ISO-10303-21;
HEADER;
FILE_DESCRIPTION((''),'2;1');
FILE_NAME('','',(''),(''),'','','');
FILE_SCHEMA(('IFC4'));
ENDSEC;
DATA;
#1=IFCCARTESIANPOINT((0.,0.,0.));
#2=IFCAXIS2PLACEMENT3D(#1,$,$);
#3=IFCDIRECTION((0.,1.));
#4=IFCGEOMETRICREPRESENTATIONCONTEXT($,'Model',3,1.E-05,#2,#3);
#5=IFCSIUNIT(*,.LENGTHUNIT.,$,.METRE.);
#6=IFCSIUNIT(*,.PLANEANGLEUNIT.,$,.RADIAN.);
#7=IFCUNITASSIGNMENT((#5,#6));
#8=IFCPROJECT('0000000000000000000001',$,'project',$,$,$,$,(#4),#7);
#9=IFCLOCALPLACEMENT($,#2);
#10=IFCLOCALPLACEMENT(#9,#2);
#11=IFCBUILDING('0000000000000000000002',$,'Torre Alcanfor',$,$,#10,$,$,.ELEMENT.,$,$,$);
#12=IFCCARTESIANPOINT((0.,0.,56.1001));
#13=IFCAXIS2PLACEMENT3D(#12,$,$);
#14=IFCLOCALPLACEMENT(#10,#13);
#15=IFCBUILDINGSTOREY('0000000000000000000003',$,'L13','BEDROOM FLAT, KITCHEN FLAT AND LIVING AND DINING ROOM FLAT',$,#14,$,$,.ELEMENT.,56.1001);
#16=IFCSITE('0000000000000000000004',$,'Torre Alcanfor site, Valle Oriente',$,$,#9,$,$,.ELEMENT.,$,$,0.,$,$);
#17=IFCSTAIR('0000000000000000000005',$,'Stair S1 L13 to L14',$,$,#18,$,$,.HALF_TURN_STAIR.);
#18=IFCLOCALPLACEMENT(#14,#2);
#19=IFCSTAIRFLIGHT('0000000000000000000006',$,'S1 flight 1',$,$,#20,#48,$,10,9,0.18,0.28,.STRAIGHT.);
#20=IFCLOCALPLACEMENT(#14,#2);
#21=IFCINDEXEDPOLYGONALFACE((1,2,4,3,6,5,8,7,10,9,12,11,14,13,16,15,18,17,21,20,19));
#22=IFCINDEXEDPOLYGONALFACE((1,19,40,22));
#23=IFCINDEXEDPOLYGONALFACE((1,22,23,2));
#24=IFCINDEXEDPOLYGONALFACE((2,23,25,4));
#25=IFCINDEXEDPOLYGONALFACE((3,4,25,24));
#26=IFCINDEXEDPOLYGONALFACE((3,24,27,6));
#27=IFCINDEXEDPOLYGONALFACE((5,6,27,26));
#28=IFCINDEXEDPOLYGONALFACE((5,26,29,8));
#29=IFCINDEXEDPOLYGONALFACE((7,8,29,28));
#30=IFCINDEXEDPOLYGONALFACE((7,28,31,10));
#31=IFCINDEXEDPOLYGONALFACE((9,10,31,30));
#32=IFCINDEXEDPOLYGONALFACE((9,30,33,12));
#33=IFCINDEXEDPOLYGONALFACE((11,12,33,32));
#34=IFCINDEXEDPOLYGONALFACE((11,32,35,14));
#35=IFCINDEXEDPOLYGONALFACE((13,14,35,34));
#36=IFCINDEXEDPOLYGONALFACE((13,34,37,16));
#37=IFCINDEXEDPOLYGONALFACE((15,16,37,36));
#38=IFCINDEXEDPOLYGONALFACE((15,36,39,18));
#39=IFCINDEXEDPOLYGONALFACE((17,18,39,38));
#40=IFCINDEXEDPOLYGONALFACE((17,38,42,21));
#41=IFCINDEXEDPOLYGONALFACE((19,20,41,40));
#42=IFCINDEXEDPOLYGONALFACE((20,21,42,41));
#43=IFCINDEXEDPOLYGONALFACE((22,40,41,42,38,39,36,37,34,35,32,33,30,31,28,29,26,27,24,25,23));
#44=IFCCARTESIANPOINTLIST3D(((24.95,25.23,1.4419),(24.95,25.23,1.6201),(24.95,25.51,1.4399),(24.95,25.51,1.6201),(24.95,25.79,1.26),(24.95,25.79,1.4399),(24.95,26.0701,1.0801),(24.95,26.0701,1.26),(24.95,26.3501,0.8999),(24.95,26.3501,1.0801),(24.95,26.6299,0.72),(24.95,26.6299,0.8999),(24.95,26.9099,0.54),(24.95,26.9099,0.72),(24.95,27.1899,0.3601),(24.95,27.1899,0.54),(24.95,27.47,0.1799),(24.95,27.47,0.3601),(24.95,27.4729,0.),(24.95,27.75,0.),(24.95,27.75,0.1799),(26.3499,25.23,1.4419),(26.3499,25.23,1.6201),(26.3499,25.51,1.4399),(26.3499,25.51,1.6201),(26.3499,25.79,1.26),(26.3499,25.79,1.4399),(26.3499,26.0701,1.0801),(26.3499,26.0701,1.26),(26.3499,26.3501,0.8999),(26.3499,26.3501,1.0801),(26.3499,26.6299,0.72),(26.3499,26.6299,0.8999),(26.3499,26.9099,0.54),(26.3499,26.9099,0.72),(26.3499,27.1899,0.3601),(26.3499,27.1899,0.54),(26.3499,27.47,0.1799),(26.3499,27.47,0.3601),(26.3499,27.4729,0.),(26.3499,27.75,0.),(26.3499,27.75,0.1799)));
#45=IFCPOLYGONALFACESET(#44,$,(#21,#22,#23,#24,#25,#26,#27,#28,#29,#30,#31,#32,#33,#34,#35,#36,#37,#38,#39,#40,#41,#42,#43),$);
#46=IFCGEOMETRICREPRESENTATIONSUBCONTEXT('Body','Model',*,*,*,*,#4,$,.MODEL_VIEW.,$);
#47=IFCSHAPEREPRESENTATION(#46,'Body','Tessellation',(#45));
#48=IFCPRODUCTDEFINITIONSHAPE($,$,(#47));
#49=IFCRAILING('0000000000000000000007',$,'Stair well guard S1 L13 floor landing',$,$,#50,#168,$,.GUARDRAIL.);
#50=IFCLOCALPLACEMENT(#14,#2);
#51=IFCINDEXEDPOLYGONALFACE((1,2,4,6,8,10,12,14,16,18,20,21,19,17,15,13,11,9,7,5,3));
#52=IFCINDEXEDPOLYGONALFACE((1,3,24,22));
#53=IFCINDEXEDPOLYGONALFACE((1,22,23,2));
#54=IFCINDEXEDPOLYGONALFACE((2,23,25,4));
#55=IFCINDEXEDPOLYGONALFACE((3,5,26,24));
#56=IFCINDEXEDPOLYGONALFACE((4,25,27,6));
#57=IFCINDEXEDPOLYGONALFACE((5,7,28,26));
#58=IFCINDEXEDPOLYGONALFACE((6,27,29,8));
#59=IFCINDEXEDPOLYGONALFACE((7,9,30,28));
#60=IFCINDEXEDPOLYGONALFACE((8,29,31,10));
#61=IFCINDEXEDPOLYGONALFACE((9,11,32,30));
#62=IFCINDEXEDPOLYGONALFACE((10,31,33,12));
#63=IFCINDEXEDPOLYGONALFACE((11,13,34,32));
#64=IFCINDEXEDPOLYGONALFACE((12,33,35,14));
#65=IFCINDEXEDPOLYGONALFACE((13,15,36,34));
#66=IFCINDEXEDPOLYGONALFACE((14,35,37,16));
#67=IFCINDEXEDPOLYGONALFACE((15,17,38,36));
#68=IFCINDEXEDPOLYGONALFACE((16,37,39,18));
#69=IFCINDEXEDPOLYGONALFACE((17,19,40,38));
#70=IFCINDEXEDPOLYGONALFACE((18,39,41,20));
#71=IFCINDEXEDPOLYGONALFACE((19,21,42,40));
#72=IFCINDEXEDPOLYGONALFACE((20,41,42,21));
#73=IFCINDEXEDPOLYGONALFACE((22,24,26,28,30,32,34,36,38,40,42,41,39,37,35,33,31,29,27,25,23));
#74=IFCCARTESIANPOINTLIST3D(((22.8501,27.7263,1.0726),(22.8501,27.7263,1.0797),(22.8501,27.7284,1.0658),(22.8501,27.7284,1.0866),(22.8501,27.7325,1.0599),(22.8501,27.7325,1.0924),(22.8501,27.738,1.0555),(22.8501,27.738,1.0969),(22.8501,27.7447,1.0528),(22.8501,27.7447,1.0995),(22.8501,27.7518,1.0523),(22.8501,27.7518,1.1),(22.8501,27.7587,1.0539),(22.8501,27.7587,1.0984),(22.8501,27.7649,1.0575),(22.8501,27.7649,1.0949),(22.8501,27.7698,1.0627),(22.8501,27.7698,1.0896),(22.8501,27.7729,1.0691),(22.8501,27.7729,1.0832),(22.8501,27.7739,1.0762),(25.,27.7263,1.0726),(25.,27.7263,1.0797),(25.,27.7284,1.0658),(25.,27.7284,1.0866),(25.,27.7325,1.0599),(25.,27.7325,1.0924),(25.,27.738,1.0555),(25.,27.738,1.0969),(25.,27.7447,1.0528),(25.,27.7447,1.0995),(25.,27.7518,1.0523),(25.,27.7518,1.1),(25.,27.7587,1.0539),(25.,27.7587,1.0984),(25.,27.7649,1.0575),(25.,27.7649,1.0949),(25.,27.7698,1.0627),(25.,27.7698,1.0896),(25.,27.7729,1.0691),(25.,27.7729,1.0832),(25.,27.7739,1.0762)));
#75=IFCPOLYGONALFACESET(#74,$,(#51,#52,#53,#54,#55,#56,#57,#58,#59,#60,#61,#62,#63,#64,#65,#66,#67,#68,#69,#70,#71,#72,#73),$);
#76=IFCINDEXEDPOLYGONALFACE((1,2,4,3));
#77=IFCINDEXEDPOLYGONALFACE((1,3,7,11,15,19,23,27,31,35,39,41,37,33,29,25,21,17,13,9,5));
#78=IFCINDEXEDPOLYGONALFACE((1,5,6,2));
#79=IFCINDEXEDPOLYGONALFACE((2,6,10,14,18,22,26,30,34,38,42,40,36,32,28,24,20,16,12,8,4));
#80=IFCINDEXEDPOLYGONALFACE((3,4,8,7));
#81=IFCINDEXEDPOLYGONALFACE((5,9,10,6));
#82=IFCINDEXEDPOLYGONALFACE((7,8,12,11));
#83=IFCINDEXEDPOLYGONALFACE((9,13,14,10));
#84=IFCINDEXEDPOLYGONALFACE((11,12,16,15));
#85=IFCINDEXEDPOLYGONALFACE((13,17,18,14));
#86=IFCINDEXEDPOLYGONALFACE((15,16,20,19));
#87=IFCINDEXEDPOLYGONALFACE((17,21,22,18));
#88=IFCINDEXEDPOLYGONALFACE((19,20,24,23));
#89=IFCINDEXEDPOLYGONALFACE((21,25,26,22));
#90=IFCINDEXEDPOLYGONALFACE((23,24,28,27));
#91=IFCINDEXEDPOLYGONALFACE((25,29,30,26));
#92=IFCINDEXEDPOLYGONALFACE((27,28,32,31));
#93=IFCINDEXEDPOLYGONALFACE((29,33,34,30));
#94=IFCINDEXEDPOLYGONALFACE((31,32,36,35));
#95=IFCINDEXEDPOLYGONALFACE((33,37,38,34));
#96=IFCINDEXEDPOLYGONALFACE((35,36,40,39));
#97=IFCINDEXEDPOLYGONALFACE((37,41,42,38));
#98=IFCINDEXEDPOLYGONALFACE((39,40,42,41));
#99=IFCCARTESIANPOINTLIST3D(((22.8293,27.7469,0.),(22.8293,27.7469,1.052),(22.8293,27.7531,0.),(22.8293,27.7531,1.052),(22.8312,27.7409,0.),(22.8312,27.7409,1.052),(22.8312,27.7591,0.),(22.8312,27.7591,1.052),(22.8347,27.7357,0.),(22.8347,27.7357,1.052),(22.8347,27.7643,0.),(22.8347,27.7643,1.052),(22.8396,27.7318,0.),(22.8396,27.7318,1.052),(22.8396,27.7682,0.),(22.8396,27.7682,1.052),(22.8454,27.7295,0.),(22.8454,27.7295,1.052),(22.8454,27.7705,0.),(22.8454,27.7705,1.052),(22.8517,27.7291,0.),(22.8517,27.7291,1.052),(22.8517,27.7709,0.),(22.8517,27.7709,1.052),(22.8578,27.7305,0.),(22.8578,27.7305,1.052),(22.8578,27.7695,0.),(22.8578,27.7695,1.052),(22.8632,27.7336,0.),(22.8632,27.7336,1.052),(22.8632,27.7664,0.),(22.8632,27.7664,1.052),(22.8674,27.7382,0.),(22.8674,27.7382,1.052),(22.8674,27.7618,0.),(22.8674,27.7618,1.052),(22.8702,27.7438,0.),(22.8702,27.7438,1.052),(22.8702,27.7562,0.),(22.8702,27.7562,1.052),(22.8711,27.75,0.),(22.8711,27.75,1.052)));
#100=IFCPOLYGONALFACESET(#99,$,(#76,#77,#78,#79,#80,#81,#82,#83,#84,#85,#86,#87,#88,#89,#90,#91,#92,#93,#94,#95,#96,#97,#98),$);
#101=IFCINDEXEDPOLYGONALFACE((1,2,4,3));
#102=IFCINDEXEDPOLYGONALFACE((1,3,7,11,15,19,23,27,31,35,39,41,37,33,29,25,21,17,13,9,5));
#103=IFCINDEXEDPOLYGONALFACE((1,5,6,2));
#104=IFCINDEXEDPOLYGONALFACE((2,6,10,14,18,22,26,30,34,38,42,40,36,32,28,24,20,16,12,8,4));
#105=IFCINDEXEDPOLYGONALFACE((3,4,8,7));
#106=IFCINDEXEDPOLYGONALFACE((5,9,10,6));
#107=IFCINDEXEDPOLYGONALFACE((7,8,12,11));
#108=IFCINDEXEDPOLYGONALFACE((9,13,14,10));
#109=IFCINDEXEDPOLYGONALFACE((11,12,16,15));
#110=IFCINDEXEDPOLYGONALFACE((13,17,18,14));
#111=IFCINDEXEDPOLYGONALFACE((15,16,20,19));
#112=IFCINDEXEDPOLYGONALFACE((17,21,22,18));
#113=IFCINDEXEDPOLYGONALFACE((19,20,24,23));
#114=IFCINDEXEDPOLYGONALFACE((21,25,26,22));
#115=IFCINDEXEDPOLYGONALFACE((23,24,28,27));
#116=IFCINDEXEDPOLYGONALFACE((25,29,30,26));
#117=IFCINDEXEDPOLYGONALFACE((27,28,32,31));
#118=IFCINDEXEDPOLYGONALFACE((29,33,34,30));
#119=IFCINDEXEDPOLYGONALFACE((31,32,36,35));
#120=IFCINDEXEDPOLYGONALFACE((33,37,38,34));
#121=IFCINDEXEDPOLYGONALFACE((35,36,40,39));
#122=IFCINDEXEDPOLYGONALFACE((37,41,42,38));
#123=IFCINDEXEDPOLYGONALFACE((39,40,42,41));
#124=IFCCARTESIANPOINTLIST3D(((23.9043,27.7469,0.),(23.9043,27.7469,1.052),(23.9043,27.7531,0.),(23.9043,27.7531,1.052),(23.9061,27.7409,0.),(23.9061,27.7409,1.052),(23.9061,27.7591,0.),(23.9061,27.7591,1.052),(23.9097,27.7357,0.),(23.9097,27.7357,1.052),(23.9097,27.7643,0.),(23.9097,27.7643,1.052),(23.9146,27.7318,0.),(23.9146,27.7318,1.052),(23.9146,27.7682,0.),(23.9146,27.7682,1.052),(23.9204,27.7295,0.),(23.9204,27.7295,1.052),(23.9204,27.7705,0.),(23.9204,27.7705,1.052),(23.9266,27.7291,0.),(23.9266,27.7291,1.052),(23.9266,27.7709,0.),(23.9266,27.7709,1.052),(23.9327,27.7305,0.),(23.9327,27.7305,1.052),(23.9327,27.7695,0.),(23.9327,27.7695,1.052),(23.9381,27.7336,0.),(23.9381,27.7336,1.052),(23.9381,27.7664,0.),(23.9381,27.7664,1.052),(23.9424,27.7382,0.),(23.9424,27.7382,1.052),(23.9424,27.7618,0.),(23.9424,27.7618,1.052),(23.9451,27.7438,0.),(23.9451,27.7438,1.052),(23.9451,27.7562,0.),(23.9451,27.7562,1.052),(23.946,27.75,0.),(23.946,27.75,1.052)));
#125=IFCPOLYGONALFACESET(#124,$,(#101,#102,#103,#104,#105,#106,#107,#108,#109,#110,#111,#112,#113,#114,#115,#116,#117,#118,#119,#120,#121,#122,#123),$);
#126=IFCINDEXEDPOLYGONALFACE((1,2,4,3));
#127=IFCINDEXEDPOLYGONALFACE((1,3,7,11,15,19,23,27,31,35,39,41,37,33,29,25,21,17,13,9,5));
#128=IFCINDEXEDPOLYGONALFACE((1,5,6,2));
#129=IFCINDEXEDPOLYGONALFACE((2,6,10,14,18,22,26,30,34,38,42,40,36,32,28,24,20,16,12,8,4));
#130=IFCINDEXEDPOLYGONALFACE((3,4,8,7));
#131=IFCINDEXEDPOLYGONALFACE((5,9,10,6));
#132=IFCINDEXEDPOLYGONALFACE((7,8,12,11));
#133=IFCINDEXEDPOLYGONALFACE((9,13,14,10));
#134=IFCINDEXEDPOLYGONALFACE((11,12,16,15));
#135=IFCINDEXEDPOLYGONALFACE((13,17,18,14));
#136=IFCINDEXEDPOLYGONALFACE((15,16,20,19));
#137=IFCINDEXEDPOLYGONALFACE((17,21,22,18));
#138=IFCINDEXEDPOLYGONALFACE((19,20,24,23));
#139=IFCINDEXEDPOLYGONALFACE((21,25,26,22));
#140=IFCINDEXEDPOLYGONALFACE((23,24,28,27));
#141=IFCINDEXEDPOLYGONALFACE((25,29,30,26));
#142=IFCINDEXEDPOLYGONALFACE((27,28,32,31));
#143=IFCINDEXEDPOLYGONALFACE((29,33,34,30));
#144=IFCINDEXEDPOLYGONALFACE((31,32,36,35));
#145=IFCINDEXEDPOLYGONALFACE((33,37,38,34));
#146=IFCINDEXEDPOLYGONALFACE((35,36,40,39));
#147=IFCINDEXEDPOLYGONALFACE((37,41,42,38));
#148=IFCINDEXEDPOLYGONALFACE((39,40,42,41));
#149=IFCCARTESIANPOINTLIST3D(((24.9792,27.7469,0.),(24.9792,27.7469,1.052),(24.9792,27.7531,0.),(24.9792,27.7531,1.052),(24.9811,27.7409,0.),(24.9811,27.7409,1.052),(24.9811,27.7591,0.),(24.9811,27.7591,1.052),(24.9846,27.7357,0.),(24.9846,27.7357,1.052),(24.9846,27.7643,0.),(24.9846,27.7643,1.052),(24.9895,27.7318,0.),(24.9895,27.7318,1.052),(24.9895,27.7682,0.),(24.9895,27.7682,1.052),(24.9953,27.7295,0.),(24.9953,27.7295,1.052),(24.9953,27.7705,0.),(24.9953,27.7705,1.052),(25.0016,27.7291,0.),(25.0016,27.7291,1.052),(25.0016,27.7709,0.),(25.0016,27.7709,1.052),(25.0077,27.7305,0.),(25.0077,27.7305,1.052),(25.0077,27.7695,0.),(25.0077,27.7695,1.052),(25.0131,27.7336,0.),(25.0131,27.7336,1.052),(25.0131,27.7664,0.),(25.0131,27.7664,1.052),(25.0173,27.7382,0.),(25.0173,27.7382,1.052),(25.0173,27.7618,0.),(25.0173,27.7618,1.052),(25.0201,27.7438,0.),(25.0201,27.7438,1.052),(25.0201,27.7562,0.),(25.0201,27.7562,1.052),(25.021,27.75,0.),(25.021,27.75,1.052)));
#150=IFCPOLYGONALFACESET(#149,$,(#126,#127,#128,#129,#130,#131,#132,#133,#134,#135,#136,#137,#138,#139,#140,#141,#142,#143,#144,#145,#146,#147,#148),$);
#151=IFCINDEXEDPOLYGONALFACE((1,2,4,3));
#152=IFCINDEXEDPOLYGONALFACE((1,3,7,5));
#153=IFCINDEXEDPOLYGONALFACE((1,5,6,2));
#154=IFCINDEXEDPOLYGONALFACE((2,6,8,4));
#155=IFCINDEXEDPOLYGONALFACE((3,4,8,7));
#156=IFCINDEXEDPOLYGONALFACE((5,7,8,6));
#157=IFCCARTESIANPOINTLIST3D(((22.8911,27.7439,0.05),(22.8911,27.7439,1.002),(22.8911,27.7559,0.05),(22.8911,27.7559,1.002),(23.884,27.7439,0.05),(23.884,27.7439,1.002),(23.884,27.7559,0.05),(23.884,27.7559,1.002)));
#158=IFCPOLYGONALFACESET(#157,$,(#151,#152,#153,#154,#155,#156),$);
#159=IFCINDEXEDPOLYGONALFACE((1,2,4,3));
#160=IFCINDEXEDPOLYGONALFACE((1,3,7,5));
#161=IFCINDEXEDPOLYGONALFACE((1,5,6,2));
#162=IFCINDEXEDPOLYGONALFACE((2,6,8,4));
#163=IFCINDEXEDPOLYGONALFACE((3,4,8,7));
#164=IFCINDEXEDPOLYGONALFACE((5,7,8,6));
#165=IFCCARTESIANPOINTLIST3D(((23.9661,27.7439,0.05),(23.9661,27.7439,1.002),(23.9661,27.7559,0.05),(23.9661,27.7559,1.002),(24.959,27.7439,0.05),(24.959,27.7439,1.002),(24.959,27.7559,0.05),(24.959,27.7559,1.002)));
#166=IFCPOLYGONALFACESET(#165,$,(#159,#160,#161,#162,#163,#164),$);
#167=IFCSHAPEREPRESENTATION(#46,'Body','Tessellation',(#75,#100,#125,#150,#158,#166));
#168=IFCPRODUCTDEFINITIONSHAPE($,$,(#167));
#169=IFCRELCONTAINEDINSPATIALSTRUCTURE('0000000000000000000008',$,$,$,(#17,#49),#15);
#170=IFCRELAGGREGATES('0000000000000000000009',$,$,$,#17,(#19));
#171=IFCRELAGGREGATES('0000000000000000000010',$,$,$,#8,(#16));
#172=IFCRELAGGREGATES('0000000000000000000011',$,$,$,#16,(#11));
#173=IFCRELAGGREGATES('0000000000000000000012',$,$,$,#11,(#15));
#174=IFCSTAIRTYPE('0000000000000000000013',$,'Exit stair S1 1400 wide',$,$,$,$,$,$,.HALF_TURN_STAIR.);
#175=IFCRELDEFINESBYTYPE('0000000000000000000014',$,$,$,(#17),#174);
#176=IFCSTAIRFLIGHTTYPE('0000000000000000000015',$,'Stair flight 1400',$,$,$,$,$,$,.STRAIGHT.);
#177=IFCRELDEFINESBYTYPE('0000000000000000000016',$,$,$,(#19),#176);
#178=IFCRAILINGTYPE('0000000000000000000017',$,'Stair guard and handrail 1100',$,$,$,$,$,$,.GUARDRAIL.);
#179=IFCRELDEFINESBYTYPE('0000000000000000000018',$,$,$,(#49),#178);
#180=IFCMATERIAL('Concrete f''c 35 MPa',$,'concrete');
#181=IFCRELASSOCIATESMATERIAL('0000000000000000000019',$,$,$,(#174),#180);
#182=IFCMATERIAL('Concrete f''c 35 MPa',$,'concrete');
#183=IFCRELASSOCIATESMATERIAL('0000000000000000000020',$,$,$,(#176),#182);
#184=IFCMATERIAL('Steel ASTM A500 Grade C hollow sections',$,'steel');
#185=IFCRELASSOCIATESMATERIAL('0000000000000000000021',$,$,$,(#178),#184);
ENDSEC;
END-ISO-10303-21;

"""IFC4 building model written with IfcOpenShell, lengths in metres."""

from ifc_helpers import new_model, si_unit, direction, frame, origin, origin_2d, place, context, subcontext, project, spatial, polyline, circle, outline, extrude, material, type_object, element, aggregate, save


model = new_model("IFC4")

# Units and contexts
model_context = context("Model", 3, precision=1e-05, world=origin(), true_north=direction((0.0, 1.0)))
body_context = subcontext(model_context, "Body", "Model", "MODEL_VIEW")
ifc_project = project(units=[si_unit("LENGTHUNIT", "METRE"), si_unit("PLANEANGLEUNIT", "RADIAN")], contexts=[model_context])

# Site, building, storey
site_placement = place(None, origin())
site = spatial("IfcSite", under=ifc_project, at=site_placement, Name="Torre Alcanfor site, Valle Oriente", CompositionType="ELEMENT", RefElevation=0.0)
building_placement = place(site_placement, origin())
building = spatial("IfcBuilding", under=site, at=building_placement, Name="Torre Alcanfor", CompositionType="ELEMENT")
storey_placement = place(building_placement, frame((0.0, 0.0, 56.1001)))
storey = spatial("IfcBuildingStorey", under=building, at=storey_placement, Name="L13", Description="BEDROOM FLAT, KITCHEN FLAT AND LIVING AND DINING ROOM FLAT", CompositionType="ELEMENT", Elevation=56.1001)

# Stair, stair flight
ifc_material_1 = material(Name="Concrete f'c 35 MPa", Category="concrete")
stair_type = type_object("IfcStairType", Name="Exit stair S1 1400 wide", PredefinedType="HALF_TURN_STAIR", material=ifc_material_1)
stair_placement = place(storey_placement, origin())
stair = element("IfcStair", 1, at=stair_placement, inside=storey, type_object=stair_type, Name="Stair S1 L13 to L14", PredefinedType="HALF_TURN_STAIR")
ifc_material_2 = material(Name="Concrete f'c 35 MPa", Category="concrete")
stair_flight_type = type_object("IfcStairFlightType", Name="Stair flight 1400", PredefinedType="STRAIGHT", material=ifc_material_2)
stair_flight_placement = place(storey_placement, frame((25.6499, 27.75, 0.0), z_axis=(0.0, 0.0, 1.0), x_axis=(0.0, -1.0, 0.0)))
stair_flight = element("IfcStairFlight", 2, at=stair_flight_placement, type_object=stair_flight_type, Name="S1 flight 1", NumberOfRisers=10, NumberOfTreads=9, PredefinedType="STRAIGHT", RiserHeight=0.18, TreadLength=0.28, context=body_context, shape_type="SweptSolid", body=[
    extrude(outline(polyline([(0.0, 0.0), (0.0, 0.1799), (0.28, 0.1799), (0.28, 0.3601), (0.5601, 0.3601), (0.5601, 0.54), (0.8401, 0.54), (0.8401, 0.72), (1.1201, 0.72), (1.1201, 0.8999), (1.3999, 0.8999), (1.3999, 1.0801), (1.6799, 1.0801), (1.6799, 1.26), (1.96, 1.26), (1.96, 1.4399), (2.24, 1.4399), (2.24, 1.6201), (2.52, 1.6201), (2.52, 1.8), (2.52, 1.4419), (0.2771, 0.0), (0.0, 0.0)])), frame((0.0, 0.7, 0.0), z_axis=(0.0, -1.0, 0.0), x_axis=(1.0, 0.0, 0.0)), (0.0, 0.0, 1.0), 1.3999),
])
aggregate(stair, [stair_flight])

# Railing
ifc_material_3 = material(Name="Steel ASTM A500 Grade C hollow sections", Category="steel")
railing_type_1 = type_object("IfcRailingType", Name="Stair guard and handrail 1100", PredefinedType="GUARDRAIL", material=ifc_material_3)
railing_1_placement = place(storey_placement, frame((22.8501, 27.75, 0.0)))
element("IfcRailing", 3, at=railing_1_placement, inside=storey, type_object=railing_type_1, Name="Stair well guard S1 L13 floor landing", PredefinedType="GUARDRAIL", context=body_context, shape_type="SweptSolid", body=[
    extrude(circle(Radius=0.0239, at=origin_2d()), frame((0.0, 0.0, 1.0762), z_axis=(1.0, 0.0, 0.0), x_axis=(0.0, 1.0, 0.0)), (0.0, 0.0, 1.0), 2.1499),
    extrude(circle(Radius=0.021, at=origin_2d()), origin(), (0.0, 0.0, 1.0), 1.052),
    extrude(circle(Radius=0.021, at=origin_2d()), frame((1.075, 0.0, 0.0)), (0.0, 0.0, 1.0), 1.052),
    extrude(circle(Radius=0.021, at=origin_2d()), frame((2.1499, 0.0, 0.0)), (0.0, 0.0, 1.0), 1.052),
    extrude(outline(polyline([(0.041, 0.05), (1.0339, 0.05), (1.0339, 1.002), (0.041, 1.002), (0.041, 0.05)])), frame((0.0, 0.0059, 0.0), z_axis=(0.0, -1.0, 0.0), x_axis=(1.0, 0.0, 0.0)), (0.0, 0.0, 1.0), 0.012),
    extrude(outline(polyline([(1.116, 0.05), (2.1089, 0.05), (2.1089, 1.002), (1.116, 1.002), (1.116, 0.05)])), frame((0.0, 0.0059, 0.0), z_axis=(0.0, -1.0, 0.0), x_axis=(1.0, 0.0, 0.0)), (0.0, 0.0, 1.0), 0.012),
])

save(model, "model.ifc")
